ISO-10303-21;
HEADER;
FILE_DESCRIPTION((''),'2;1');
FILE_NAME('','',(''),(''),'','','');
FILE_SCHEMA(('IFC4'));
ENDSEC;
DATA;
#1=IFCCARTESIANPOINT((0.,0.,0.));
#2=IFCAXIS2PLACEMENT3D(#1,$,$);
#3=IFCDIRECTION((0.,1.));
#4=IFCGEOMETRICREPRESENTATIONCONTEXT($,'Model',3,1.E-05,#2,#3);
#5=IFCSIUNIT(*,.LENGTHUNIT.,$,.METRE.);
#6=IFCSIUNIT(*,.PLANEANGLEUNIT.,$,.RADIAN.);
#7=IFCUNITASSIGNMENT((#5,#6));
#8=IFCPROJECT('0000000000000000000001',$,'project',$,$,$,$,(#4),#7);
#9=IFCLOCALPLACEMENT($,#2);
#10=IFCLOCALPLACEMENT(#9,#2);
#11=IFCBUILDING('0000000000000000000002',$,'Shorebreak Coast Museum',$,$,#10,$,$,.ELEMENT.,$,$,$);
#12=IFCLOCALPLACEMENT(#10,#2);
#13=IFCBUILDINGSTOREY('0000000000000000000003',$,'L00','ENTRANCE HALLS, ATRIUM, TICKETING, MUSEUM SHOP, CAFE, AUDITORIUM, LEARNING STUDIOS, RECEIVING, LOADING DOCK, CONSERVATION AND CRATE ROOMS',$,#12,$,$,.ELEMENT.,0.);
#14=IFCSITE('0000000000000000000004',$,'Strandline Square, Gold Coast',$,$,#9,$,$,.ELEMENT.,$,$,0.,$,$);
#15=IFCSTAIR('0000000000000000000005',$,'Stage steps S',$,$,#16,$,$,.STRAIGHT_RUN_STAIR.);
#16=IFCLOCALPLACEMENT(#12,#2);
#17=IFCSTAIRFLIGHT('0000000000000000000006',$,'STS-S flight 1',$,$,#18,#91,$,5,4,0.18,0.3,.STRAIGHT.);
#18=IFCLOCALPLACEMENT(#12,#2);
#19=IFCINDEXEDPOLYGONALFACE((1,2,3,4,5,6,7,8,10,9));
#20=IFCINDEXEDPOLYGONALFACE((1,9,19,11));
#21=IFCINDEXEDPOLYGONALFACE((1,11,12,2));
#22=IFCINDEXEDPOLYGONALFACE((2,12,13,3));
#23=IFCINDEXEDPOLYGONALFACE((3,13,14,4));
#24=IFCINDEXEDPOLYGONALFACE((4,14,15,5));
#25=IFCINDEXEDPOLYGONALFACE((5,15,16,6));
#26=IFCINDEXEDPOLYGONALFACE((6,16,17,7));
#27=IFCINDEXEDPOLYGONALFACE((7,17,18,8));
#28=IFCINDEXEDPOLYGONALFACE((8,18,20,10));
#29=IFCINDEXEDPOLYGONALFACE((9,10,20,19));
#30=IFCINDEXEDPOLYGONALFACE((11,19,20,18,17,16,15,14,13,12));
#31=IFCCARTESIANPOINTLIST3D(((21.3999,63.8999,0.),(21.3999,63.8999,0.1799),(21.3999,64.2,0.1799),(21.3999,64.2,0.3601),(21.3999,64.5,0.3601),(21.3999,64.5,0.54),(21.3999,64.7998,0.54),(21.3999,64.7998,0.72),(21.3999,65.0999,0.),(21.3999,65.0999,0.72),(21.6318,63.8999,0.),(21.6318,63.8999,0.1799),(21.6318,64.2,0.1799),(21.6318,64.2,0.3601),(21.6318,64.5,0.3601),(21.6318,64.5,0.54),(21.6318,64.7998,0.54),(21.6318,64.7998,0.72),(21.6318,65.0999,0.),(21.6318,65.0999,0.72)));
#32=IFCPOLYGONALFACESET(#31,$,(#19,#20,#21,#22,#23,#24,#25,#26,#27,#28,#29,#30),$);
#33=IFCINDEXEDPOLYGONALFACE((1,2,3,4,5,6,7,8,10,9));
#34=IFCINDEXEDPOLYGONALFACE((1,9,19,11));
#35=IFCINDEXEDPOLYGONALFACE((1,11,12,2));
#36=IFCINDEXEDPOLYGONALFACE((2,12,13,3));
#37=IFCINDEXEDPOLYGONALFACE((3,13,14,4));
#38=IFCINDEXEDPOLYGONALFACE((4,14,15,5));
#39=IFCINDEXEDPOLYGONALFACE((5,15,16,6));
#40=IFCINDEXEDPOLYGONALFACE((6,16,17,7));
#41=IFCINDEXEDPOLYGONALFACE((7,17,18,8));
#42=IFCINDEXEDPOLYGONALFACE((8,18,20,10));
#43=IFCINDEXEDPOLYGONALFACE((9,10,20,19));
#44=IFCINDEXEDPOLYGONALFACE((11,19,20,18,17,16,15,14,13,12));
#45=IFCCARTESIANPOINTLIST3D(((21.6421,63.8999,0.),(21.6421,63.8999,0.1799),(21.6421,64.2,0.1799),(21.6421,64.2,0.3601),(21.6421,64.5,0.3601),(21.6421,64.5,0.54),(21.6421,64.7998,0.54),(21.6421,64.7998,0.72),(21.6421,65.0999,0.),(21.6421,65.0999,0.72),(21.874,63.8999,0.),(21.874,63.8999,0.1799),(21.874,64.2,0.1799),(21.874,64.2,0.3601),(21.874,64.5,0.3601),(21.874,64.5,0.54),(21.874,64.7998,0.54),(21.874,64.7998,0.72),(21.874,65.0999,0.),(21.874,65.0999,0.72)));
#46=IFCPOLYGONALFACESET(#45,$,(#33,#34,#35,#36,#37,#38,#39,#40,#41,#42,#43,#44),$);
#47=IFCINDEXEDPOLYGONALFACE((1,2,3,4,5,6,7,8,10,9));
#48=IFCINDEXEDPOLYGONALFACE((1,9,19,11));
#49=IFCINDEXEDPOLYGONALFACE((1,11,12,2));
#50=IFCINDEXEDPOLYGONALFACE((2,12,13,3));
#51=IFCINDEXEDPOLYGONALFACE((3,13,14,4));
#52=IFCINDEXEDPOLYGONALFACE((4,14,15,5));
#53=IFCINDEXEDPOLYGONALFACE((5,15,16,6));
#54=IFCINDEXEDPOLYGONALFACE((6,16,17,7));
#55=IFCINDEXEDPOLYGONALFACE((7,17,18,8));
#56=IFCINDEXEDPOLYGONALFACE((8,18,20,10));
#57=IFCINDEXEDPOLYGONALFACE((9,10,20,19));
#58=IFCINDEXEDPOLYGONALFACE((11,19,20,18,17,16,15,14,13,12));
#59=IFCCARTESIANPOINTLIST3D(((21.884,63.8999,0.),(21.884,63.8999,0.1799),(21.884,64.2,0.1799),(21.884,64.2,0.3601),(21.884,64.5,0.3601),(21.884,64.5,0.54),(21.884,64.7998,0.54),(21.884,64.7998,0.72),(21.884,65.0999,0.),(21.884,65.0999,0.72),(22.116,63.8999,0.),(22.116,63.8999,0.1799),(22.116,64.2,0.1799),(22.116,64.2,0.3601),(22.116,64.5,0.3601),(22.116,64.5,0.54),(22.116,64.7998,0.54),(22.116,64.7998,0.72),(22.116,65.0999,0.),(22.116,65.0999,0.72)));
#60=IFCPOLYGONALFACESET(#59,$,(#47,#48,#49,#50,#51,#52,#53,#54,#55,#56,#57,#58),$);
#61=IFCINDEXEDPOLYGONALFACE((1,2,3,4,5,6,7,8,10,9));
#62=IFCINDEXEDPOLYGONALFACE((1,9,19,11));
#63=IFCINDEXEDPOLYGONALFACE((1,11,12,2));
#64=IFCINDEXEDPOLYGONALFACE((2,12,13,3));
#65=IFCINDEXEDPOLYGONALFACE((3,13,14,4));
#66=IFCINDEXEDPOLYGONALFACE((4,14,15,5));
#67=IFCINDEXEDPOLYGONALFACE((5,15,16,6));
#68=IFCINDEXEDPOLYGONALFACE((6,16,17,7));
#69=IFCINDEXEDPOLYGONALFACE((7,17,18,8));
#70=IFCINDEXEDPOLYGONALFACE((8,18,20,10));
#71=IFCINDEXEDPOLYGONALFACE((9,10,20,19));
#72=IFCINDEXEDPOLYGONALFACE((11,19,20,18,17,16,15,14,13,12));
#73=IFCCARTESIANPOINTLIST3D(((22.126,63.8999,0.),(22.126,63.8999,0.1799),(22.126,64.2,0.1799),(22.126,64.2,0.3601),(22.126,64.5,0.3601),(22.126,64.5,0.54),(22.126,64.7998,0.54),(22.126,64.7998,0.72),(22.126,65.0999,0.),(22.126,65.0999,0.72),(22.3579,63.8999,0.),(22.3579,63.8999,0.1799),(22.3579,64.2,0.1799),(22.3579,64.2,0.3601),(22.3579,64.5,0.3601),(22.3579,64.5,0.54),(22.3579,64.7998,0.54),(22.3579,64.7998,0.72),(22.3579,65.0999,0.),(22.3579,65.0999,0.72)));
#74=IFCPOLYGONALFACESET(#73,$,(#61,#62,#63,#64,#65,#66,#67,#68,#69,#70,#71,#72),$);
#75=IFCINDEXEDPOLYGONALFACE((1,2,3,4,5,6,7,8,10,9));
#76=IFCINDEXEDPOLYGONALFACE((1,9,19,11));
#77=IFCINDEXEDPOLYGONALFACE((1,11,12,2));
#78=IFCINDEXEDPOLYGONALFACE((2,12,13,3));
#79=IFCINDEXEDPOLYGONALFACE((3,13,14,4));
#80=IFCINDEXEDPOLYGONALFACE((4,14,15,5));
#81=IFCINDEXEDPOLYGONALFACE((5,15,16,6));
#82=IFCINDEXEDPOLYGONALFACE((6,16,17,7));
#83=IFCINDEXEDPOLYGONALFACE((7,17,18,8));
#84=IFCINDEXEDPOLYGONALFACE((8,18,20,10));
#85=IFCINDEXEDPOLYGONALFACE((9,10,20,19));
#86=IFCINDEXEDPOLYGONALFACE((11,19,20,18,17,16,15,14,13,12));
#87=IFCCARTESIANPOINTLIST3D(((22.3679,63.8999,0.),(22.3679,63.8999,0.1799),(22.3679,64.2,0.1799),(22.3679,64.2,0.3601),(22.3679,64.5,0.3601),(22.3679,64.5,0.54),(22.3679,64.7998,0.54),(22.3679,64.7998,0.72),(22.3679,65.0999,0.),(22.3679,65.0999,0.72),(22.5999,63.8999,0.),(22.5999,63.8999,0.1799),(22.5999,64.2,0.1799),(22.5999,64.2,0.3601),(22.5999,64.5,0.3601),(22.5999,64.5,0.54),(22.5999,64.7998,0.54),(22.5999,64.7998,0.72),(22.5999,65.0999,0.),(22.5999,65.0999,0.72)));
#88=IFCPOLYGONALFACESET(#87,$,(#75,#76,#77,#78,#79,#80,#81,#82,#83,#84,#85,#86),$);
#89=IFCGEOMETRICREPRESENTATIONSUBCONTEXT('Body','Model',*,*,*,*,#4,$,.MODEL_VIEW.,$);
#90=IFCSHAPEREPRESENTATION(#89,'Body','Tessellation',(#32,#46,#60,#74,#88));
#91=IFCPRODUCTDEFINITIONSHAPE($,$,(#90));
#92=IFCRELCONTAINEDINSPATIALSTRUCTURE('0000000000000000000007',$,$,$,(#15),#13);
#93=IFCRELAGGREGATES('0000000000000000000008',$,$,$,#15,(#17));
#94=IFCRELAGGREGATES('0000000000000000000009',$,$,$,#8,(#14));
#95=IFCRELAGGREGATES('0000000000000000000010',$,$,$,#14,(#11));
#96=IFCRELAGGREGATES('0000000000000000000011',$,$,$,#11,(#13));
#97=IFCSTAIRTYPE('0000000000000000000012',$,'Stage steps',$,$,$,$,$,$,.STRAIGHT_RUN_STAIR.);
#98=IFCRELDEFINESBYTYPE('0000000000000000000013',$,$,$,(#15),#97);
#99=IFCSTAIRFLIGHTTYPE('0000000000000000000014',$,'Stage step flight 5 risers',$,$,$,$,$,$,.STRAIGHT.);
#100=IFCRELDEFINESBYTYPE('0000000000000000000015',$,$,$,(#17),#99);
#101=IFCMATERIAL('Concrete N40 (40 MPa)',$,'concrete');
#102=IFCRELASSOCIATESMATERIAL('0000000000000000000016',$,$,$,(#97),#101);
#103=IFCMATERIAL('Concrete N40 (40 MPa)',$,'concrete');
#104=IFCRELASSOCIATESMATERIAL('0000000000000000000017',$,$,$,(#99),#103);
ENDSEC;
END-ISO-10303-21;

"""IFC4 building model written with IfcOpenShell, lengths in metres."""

from ifc_helpers import new_model, si_unit, direction, frame, origin, place, context, subcontext, project, spatial, polyline, outline, extrude, material, type_object, element, aggregate, save


model = new_model("IFC4")

# Units and contexts
model_context = context("Model", 3, precision=1e-05, world=origin(), true_north=direction((0.0, 1.0)))
body_context = subcontext(model_context, "Body", "Model", "MODEL_VIEW")
ifc_project = project(units=[si_unit("LENGTHUNIT", "METRE"), si_unit("PLANEANGLEUNIT", "RADIAN")], contexts=[model_context])

# Site, building, storey
site_placement = place(None, origin())
site = spatial("IfcSite", under=ifc_project, at=site_placement, Name="Strandline Square, Gold Coast", CompositionType="ELEMENT", RefElevation=0.0)
building_placement = place(site_placement, origin())
building = spatial("IfcBuilding", under=site, at=building_placement, Name="Shorebreak Coast Museum", CompositionType="ELEMENT")
storey_placement = place(building_placement, origin())
storey = spatial("IfcBuildingStorey", under=building, at=storey_placement, Name="L00", Description="ENTRANCE HALLS, ATRIUM, TICKETING, MUSEUM SHOP, CAFE, AUDITORIUM, LEARNING STUDIOS, RECEIVING, LOADING DOCK, CONSERVATION AND CRATE ROOMS", CompositionType="ELEMENT", Elevation=0.0)

# Stair, stair flight
ifc_material_1 = material(Name="Concrete N40 (40 MPa)", Category="concrete")
stair_type_1 = type_object("IfcStairType", Name="Stage steps", PredefinedType="STRAIGHT_RUN_STAIR", material=ifc_material_1)
stair_1_placement = place(storey_placement, origin())
stair_1 = element("IfcStair", 1, at=stair_1_placement, inside=storey, type_object=stair_type_1, Name="Stage steps S", PredefinedType="STRAIGHT_RUN_STAIR")
ifc_material_2 = material(Name="Concrete N40 (40 MPa)", Category="concrete")
stair_flight_type_1 = type_object("IfcStairFlightType", Name="Stage step flight 5 risers", PredefinedType="STRAIGHT", material=ifc_material_2)
stair_flight_1_placement = place(storey_placement, frame((22.0, 63.8999, 0.0), z_axis=(0.0, 0.0, 1.0), x_axis=(0.0, 1.0, 0.0)))
stair_flight_1 = element("IfcStairFlight", 2, at=stair_flight_1_placement, type_object=stair_flight_type_1, Name="STS-S flight 1", NumberOfRisers=5, NumberOfTreads=4, PredefinedType="STRAIGHT", RiserHeight=0.18, TreadLength=0.3, context=body_context, shape_type="SweptSolid", body=[
    extrude(outline(polyline([(0.0, 0.0), (0.0, 0.1799), (0.3, 0.1799), (0.3, 0.3601), (0.6001, 0.3601), (0.6001, 0.54), (0.8999, 0.54), (0.8999, 0.72), (1.2, 0.72), (1.2, 0.0), (0.0, 0.0)])), frame((0.0, 0.6001, 0.0), z_axis=(0.0, -1.0, 0.0), x_axis=(1.0, 0.0, 0.0)), (0.0, 0.0, 1.0), 0.2319),
    extrude(outline(polyline([(0.0, 0.0), (0.0, 0.1799), (0.3, 0.1799), (0.3, 0.3601), (0.6001, 0.3601), (0.6001, 0.54), (0.8999, 0.54), (0.8999, 0.72), (1.2, 0.72), (1.2, 0.0), (0.0, 0.0)])), frame((0.0, 0.3579, 0.0), z_axis=(0.0, -1.0, 0.0), x_axis=(1.0, 0.0, 0.0)), (0.0, 0.0, 1.0), 0.2319),
    extrude(outline(polyline([(0.0, 0.0), (0.0, 0.1799), (0.3, 0.1799), (0.3, 0.3601), (0.6001, 0.3601), (0.6001, 0.54), (0.8999, 0.54), (0.8999, 0.72), (1.2, 0.72), (1.2, 0.0), (0.0, 0.0)])), frame((0.0, 0.116, 0.0), z_axis=(0.0, -1.0, 0.0), x_axis=(1.0, 0.0, 0.0)), (0.0, 0.0, 1.0), 0.2319),
    extrude(outline(polyline([(0.0, 0.0), (0.0, 0.1799), (0.3, 0.1799), (0.3, 0.3601), (0.6001, 0.3601), (0.6001, 0.54), (0.8999, 0.54), (0.8999, 0.72), (1.2, 0.72), (1.2, 0.0), (0.0, 0.0)])), frame((0.0, -0.126, 0.0), z_axis=(0.0, -1.0, 0.0), x_axis=(1.0, 0.0, 0.0)), (0.0, 0.0, 1.0), 0.2319),
    extrude(outline(polyline([(0.0, 0.0), (0.0, 0.1799), (0.3, 0.1799), (0.3, 0.3601), (0.6001, 0.3601), (0.6001, 0.54), (0.8999, 0.54), (0.8999, 0.72), (1.2, 0.72), (1.2, 0.0), (0.0, 0.0)])), frame((0.0, -0.3679, 0.0), z_axis=(0.0, -1.0, 0.0), x_axis=(1.0, 0.0, 0.0)), (0.0, 0.0, 1.0), 0.2319),
])
aggregate(stair_1, [stair_flight_1])

save(model, "model.ifc")
